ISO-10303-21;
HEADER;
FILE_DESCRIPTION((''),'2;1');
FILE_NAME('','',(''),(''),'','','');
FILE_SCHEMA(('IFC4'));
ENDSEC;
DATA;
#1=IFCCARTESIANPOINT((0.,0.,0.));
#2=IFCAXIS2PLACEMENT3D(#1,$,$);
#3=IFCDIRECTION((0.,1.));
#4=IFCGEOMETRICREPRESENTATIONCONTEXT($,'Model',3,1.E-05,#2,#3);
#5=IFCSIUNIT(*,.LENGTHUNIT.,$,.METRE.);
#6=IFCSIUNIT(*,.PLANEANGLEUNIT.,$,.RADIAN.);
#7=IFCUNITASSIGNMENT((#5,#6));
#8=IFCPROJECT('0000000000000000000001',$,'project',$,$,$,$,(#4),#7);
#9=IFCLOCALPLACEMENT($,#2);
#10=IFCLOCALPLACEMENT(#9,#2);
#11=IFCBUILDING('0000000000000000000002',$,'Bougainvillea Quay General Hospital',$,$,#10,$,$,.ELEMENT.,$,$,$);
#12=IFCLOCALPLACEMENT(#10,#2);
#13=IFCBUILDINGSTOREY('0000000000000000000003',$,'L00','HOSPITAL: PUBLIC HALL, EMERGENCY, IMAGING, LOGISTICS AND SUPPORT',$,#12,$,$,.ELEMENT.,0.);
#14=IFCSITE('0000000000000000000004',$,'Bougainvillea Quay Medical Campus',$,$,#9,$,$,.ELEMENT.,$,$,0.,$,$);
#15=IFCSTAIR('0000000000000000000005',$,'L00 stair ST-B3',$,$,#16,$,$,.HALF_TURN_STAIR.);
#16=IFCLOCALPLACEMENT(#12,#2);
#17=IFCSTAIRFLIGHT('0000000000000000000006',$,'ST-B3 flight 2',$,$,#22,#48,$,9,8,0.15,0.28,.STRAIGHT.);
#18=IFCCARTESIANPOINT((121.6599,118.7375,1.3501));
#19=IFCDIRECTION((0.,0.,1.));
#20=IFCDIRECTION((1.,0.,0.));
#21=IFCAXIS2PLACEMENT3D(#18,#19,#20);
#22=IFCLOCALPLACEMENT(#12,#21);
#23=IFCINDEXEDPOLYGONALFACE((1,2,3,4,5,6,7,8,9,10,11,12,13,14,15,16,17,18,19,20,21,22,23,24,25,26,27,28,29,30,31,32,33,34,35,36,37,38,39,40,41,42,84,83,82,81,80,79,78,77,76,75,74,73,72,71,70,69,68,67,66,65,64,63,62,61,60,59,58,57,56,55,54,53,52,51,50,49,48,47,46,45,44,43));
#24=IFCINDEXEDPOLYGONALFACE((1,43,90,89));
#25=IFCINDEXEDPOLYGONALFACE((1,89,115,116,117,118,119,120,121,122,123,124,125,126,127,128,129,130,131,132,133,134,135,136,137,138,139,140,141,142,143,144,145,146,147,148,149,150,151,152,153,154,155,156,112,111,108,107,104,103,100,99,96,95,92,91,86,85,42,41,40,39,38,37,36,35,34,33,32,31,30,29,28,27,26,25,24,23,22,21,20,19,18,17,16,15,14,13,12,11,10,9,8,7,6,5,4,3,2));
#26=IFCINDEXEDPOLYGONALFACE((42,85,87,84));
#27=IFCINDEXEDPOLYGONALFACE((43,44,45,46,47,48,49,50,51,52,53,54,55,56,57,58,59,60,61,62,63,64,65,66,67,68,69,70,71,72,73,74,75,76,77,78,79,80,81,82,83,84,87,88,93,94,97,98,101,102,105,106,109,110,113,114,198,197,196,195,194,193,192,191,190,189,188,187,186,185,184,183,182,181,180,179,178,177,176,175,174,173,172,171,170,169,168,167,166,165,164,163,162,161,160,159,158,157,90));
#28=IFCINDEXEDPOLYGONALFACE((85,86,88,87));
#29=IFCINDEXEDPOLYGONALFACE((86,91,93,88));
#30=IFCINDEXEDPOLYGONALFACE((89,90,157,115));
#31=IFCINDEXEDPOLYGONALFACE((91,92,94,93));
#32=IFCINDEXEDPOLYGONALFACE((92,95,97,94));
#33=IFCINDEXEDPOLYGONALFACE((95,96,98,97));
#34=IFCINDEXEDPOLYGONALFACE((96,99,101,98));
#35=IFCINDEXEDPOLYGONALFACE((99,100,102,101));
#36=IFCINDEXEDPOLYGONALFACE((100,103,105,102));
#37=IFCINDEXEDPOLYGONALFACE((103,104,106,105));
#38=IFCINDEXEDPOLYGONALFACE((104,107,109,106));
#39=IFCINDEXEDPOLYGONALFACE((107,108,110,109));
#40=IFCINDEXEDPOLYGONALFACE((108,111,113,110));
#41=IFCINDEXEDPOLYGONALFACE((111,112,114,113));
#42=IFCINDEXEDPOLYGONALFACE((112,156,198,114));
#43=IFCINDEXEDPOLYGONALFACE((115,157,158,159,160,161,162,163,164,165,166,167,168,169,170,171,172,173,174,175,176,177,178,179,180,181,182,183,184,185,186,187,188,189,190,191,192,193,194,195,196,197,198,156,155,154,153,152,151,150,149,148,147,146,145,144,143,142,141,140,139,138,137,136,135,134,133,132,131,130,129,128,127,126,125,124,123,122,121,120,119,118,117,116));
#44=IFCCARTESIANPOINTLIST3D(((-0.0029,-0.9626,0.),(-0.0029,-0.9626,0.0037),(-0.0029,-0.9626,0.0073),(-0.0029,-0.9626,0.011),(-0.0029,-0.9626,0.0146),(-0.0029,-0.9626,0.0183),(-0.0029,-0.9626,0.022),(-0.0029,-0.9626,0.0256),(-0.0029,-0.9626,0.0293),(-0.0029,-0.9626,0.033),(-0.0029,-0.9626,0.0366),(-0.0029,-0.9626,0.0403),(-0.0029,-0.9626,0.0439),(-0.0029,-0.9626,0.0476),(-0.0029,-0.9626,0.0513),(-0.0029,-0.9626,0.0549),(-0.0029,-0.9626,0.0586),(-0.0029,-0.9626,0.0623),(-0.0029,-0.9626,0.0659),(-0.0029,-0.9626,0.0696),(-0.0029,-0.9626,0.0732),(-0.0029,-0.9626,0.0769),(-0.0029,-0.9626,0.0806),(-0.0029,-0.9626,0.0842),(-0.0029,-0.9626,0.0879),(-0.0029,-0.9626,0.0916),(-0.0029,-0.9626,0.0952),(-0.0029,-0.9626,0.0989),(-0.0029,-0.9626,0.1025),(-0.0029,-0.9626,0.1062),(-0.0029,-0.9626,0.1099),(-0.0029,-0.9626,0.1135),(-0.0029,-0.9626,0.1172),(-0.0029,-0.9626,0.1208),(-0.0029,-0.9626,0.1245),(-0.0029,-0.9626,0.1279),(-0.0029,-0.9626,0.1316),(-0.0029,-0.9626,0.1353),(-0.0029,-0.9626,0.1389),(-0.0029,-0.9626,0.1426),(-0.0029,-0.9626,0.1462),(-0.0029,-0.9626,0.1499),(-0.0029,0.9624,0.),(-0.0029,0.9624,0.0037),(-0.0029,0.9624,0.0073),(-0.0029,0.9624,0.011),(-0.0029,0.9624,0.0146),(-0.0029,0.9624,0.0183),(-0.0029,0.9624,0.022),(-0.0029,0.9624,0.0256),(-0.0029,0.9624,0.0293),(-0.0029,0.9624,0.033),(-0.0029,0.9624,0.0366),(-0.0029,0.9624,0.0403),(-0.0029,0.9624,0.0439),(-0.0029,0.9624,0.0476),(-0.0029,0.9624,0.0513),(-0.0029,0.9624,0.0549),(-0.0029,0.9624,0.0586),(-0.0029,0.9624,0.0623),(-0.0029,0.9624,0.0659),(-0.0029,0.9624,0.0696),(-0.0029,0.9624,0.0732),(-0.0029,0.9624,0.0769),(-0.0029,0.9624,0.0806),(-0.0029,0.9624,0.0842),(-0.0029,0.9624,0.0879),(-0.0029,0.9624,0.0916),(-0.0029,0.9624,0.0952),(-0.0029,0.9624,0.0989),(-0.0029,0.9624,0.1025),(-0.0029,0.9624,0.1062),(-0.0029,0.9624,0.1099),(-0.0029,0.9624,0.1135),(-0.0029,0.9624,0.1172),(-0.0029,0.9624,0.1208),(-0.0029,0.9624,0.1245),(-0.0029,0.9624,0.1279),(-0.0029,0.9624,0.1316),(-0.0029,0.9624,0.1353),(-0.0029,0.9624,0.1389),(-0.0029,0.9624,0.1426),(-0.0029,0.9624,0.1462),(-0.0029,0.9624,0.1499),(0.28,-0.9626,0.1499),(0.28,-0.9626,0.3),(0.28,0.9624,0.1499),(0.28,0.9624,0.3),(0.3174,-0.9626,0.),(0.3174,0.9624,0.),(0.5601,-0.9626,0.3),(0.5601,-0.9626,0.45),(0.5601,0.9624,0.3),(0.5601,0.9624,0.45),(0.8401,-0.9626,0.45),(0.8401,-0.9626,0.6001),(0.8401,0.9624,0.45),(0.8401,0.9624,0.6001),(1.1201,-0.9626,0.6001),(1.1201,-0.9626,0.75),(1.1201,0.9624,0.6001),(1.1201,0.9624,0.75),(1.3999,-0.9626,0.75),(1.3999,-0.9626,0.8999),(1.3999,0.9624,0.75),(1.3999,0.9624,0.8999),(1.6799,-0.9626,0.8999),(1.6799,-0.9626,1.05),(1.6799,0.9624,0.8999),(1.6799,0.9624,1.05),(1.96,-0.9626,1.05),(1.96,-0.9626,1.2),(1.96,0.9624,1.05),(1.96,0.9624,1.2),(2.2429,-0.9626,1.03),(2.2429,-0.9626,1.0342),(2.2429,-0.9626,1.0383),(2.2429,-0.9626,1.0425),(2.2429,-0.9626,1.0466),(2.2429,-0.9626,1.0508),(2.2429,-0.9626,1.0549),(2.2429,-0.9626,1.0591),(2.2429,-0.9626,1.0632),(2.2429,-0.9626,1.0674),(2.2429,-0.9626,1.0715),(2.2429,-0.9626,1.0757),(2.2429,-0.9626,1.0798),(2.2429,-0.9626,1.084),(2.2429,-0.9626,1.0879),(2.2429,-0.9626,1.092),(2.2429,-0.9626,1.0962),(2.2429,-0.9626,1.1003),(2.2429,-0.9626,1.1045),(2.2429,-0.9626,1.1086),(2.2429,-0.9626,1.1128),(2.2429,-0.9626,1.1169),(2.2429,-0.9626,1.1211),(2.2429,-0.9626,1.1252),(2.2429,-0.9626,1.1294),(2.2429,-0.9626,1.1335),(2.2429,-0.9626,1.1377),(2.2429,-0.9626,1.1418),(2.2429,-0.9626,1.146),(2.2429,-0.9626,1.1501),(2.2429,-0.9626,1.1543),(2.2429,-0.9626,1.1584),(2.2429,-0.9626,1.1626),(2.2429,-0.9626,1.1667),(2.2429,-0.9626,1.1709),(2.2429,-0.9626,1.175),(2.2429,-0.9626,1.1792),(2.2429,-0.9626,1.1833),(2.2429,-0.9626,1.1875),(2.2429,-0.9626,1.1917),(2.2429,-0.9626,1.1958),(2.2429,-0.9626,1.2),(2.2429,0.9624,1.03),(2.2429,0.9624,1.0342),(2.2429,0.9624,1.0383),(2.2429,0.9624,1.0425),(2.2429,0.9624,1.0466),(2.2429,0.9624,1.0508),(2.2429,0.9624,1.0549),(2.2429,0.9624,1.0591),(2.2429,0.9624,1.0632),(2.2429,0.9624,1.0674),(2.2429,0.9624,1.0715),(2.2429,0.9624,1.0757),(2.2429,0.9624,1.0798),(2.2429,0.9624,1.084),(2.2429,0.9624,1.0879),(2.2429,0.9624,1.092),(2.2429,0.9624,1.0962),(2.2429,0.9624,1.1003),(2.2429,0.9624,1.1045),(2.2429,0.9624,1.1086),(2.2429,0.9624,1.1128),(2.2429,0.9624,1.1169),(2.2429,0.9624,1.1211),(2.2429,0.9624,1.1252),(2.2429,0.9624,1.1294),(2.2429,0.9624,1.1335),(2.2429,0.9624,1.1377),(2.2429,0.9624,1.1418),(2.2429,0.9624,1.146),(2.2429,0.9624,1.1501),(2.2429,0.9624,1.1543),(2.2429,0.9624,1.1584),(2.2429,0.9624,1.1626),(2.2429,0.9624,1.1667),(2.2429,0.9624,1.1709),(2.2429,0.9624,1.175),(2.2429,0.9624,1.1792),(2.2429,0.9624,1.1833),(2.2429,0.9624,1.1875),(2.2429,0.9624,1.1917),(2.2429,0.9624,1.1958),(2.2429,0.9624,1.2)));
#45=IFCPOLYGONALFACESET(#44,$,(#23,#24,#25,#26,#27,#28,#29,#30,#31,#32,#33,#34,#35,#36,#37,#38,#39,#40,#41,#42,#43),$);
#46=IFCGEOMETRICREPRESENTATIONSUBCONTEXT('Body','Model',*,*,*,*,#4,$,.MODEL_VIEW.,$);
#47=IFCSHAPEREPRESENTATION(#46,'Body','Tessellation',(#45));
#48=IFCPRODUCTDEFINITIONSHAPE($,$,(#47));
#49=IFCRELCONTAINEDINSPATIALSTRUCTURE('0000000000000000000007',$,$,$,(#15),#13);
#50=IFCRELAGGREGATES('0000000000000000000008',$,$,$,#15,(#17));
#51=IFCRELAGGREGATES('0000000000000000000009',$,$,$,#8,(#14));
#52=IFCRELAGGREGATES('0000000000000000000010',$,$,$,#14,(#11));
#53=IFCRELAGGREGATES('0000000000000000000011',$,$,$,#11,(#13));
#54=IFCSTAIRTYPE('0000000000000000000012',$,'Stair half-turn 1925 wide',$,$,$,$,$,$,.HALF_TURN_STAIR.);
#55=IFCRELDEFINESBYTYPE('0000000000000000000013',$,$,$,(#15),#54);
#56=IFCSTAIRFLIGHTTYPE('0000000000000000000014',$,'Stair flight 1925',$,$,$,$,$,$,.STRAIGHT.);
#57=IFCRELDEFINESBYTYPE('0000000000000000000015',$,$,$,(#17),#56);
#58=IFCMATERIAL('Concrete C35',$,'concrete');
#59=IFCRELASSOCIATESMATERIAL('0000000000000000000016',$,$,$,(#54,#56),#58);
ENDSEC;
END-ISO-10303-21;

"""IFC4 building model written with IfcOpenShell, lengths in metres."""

from ifc_helpers import new_model, si_unit, direction, frame, origin, place, context, subcontext, project, spatial, polyline, outline, extrude, material, type_object, element, aggregate, save


model = new_model("IFC4")

# Units and contexts
model_context = context("Model", 3, precision=1e-05, world=origin(), true_north=direction((0.0, 1.0)))
body_context = subcontext(model_context, "Body", "Model", "MODEL_VIEW")
ifc_project = project(units=[si_unit("LENGTHUNIT", "METRE"), si_unit("PLANEANGLEUNIT", "RADIAN")], contexts=[model_context])

# Site, building, storey
site_placement = place(None, origin())
site = spatial("IfcSite", under=ifc_project, at=site_placement, Name="Bougainvillea Quay Medical Campus", CompositionType="ELEMENT", RefElevation=0.0)
building_placement = place(site_placement, origin())
building = spatial("IfcBuilding", under=site, at=building_placement, Name="Bougainvillea Quay General Hospital", CompositionType="ELEMENT")
storey_placement = place(building_placement, origin())
storey = spatial("IfcBuildingStorey", under=building, at=storey_placement, Name="L00", Description="HOSPITAL: PUBLIC HALL, EMERGENCY, IMAGING, LOGISTICS AND SUPPORT", CompositionType="ELEMENT", Elevation=0.0)

# Stair, stair flight
ifc_material_1 = material(Name="Concrete C35", Category="concrete")
stair_type = type_object("IfcStairType", Name="Stair half-turn 1925 wide", PredefinedType="HALF_TURN_STAIR", material=ifc_material_1)
stair_placement = place(storey_placement, origin())
stair = element("IfcStair", 1, at=stair_placement, inside=storey, type_object=stair_type, Name="L00 stair ST-B3", PredefinedType="HALF_TURN_STAIR")
stair_flight_type = type_object("IfcStairFlightType", Name="Stair flight 1925", PredefinedType="STRAIGHT", material=ifc_material_1)
stair_flight_placement = place(storey_placement, frame((121.6599, 118.7375, 1.3501), z_axis=(0.0, 0.0, 1.0), x_axis=(1.0, 0.0, 0.0)))
stair_flight = element("IfcStairFlight", 2, at=stair_flight_placement, type_object=stair_flight_type, Name="ST-B3 flight 2", NumberOfRisers=9, NumberOfTreads=8, PredefinedType="STRAIGHT", RiserHeight=0.15, TreadLength=0.28, context=body_context, shape_type="SweptSolid", body=[
    extrude(outline(polyline([(-0.0029, 0.0), (-0.0029, 0.0037), (-0.0029, 0.0073), (-0.0029, 0.011), (-0.0029, 0.0146), (-0.0029, 0.0183), (-0.0029, 0.022), (-0.0029, 0.0256), (-0.0029, 0.0293), (-0.0029, 0.033), (-0.0029, 0.0366), (-0.0029, 0.0403), (-0.0029, 0.0439), (-0.0029, 0.0476), (-0.0029, 0.0513), (-0.0029, 0.0549), (-0.0029, 0.0586), (-0.0029, 0.0623), (-0.0029, 0.0659), (-0.0029, 0.0696), (-0.0029, 0.0732), (-0.0029, 0.0769), (-0.0029, 0.0806), (-0.0029, 0.0842), (-0.0029, 0.0879), (-0.0029, 0.0916), (-0.0029, 0.0952), (-0.0029, 0.0989), (-0.0029, 0.1025), (-0.0029, 0.1062), (-0.0029, 0.1099), (-0.0029, 0.1135), (-0.0029, 0.1172), (-0.0029, 0.1208), (-0.0029, 0.1245), (-0.0029, 0.1279), (-0.0029, 0.1316), (-0.0029, 0.1353), (-0.0029, 0.1389), (-0.0029, 0.1426), (-0.0029, 0.1462), (-0.0029, 0.1499), (0.28, 0.1499), (0.28, 0.3), (0.5601, 0.3), (0.5601, 0.45), (0.8401, 0.45), (0.8401, 0.6001), (1.1201, 0.6001), (1.1201, 0.75), (1.3999, 0.75), (1.3999, 0.8999), (1.6799, 0.8999), (1.6799, 1.05), (1.96, 1.05), (1.96, 1.2), (2.2429, 1.2), (2.2429, 1.1958), (2.2429, 1.1917), (2.2429, 1.1875), (2.2429, 1.1833), (2.2429, 1.1792), (2.2429, 1.175), (2.2429, 1.1709), (2.2429, 1.1667), (2.2429, 1.1626), (2.2429, 1.1584), (2.2429, 1.1543), (2.2429, 1.1501), (2.2429, 1.146), (2.2429, 1.1418), (2.2429, 1.1377), (2.2429, 1.1335), (2.2429, 1.1294), (2.2429, 1.1252), (2.2429, 1.1211), (2.2429, 1.1169), (2.2429, 1.1128), (2.2429, 1.1086), (2.2429, 1.1045), (2.2429, 1.1003), (2.2429, 1.0962), (2.2429, 1.092), (2.2429, 1.0879), (2.2429, 1.084), (2.2429, 1.0798), (2.2429, 1.0757), (2.2429, 1.0715), (2.2429, 1.0674), (2.2429, 1.0632), (2.2429, 1.0591), (2.2429, 1.0549), (2.2429, 1.0508), (2.2429, 1.0466), (2.2429, 1.0425), (2.2429, 1.0383), (2.2429, 1.0342), (2.2429, 1.03), (0.3174, 0.0), (-0.0029, 0.0)])), frame((0.0, 0.9624, 0.0), z_axis=(0.0, -1.0, 0.0), x_axis=(1.0, 0.0, 0.0)), (0.0, 0.0, 1.0), 1.925),
])
aggregate(stair, [stair_flight])

save(model, "model.ifc")
